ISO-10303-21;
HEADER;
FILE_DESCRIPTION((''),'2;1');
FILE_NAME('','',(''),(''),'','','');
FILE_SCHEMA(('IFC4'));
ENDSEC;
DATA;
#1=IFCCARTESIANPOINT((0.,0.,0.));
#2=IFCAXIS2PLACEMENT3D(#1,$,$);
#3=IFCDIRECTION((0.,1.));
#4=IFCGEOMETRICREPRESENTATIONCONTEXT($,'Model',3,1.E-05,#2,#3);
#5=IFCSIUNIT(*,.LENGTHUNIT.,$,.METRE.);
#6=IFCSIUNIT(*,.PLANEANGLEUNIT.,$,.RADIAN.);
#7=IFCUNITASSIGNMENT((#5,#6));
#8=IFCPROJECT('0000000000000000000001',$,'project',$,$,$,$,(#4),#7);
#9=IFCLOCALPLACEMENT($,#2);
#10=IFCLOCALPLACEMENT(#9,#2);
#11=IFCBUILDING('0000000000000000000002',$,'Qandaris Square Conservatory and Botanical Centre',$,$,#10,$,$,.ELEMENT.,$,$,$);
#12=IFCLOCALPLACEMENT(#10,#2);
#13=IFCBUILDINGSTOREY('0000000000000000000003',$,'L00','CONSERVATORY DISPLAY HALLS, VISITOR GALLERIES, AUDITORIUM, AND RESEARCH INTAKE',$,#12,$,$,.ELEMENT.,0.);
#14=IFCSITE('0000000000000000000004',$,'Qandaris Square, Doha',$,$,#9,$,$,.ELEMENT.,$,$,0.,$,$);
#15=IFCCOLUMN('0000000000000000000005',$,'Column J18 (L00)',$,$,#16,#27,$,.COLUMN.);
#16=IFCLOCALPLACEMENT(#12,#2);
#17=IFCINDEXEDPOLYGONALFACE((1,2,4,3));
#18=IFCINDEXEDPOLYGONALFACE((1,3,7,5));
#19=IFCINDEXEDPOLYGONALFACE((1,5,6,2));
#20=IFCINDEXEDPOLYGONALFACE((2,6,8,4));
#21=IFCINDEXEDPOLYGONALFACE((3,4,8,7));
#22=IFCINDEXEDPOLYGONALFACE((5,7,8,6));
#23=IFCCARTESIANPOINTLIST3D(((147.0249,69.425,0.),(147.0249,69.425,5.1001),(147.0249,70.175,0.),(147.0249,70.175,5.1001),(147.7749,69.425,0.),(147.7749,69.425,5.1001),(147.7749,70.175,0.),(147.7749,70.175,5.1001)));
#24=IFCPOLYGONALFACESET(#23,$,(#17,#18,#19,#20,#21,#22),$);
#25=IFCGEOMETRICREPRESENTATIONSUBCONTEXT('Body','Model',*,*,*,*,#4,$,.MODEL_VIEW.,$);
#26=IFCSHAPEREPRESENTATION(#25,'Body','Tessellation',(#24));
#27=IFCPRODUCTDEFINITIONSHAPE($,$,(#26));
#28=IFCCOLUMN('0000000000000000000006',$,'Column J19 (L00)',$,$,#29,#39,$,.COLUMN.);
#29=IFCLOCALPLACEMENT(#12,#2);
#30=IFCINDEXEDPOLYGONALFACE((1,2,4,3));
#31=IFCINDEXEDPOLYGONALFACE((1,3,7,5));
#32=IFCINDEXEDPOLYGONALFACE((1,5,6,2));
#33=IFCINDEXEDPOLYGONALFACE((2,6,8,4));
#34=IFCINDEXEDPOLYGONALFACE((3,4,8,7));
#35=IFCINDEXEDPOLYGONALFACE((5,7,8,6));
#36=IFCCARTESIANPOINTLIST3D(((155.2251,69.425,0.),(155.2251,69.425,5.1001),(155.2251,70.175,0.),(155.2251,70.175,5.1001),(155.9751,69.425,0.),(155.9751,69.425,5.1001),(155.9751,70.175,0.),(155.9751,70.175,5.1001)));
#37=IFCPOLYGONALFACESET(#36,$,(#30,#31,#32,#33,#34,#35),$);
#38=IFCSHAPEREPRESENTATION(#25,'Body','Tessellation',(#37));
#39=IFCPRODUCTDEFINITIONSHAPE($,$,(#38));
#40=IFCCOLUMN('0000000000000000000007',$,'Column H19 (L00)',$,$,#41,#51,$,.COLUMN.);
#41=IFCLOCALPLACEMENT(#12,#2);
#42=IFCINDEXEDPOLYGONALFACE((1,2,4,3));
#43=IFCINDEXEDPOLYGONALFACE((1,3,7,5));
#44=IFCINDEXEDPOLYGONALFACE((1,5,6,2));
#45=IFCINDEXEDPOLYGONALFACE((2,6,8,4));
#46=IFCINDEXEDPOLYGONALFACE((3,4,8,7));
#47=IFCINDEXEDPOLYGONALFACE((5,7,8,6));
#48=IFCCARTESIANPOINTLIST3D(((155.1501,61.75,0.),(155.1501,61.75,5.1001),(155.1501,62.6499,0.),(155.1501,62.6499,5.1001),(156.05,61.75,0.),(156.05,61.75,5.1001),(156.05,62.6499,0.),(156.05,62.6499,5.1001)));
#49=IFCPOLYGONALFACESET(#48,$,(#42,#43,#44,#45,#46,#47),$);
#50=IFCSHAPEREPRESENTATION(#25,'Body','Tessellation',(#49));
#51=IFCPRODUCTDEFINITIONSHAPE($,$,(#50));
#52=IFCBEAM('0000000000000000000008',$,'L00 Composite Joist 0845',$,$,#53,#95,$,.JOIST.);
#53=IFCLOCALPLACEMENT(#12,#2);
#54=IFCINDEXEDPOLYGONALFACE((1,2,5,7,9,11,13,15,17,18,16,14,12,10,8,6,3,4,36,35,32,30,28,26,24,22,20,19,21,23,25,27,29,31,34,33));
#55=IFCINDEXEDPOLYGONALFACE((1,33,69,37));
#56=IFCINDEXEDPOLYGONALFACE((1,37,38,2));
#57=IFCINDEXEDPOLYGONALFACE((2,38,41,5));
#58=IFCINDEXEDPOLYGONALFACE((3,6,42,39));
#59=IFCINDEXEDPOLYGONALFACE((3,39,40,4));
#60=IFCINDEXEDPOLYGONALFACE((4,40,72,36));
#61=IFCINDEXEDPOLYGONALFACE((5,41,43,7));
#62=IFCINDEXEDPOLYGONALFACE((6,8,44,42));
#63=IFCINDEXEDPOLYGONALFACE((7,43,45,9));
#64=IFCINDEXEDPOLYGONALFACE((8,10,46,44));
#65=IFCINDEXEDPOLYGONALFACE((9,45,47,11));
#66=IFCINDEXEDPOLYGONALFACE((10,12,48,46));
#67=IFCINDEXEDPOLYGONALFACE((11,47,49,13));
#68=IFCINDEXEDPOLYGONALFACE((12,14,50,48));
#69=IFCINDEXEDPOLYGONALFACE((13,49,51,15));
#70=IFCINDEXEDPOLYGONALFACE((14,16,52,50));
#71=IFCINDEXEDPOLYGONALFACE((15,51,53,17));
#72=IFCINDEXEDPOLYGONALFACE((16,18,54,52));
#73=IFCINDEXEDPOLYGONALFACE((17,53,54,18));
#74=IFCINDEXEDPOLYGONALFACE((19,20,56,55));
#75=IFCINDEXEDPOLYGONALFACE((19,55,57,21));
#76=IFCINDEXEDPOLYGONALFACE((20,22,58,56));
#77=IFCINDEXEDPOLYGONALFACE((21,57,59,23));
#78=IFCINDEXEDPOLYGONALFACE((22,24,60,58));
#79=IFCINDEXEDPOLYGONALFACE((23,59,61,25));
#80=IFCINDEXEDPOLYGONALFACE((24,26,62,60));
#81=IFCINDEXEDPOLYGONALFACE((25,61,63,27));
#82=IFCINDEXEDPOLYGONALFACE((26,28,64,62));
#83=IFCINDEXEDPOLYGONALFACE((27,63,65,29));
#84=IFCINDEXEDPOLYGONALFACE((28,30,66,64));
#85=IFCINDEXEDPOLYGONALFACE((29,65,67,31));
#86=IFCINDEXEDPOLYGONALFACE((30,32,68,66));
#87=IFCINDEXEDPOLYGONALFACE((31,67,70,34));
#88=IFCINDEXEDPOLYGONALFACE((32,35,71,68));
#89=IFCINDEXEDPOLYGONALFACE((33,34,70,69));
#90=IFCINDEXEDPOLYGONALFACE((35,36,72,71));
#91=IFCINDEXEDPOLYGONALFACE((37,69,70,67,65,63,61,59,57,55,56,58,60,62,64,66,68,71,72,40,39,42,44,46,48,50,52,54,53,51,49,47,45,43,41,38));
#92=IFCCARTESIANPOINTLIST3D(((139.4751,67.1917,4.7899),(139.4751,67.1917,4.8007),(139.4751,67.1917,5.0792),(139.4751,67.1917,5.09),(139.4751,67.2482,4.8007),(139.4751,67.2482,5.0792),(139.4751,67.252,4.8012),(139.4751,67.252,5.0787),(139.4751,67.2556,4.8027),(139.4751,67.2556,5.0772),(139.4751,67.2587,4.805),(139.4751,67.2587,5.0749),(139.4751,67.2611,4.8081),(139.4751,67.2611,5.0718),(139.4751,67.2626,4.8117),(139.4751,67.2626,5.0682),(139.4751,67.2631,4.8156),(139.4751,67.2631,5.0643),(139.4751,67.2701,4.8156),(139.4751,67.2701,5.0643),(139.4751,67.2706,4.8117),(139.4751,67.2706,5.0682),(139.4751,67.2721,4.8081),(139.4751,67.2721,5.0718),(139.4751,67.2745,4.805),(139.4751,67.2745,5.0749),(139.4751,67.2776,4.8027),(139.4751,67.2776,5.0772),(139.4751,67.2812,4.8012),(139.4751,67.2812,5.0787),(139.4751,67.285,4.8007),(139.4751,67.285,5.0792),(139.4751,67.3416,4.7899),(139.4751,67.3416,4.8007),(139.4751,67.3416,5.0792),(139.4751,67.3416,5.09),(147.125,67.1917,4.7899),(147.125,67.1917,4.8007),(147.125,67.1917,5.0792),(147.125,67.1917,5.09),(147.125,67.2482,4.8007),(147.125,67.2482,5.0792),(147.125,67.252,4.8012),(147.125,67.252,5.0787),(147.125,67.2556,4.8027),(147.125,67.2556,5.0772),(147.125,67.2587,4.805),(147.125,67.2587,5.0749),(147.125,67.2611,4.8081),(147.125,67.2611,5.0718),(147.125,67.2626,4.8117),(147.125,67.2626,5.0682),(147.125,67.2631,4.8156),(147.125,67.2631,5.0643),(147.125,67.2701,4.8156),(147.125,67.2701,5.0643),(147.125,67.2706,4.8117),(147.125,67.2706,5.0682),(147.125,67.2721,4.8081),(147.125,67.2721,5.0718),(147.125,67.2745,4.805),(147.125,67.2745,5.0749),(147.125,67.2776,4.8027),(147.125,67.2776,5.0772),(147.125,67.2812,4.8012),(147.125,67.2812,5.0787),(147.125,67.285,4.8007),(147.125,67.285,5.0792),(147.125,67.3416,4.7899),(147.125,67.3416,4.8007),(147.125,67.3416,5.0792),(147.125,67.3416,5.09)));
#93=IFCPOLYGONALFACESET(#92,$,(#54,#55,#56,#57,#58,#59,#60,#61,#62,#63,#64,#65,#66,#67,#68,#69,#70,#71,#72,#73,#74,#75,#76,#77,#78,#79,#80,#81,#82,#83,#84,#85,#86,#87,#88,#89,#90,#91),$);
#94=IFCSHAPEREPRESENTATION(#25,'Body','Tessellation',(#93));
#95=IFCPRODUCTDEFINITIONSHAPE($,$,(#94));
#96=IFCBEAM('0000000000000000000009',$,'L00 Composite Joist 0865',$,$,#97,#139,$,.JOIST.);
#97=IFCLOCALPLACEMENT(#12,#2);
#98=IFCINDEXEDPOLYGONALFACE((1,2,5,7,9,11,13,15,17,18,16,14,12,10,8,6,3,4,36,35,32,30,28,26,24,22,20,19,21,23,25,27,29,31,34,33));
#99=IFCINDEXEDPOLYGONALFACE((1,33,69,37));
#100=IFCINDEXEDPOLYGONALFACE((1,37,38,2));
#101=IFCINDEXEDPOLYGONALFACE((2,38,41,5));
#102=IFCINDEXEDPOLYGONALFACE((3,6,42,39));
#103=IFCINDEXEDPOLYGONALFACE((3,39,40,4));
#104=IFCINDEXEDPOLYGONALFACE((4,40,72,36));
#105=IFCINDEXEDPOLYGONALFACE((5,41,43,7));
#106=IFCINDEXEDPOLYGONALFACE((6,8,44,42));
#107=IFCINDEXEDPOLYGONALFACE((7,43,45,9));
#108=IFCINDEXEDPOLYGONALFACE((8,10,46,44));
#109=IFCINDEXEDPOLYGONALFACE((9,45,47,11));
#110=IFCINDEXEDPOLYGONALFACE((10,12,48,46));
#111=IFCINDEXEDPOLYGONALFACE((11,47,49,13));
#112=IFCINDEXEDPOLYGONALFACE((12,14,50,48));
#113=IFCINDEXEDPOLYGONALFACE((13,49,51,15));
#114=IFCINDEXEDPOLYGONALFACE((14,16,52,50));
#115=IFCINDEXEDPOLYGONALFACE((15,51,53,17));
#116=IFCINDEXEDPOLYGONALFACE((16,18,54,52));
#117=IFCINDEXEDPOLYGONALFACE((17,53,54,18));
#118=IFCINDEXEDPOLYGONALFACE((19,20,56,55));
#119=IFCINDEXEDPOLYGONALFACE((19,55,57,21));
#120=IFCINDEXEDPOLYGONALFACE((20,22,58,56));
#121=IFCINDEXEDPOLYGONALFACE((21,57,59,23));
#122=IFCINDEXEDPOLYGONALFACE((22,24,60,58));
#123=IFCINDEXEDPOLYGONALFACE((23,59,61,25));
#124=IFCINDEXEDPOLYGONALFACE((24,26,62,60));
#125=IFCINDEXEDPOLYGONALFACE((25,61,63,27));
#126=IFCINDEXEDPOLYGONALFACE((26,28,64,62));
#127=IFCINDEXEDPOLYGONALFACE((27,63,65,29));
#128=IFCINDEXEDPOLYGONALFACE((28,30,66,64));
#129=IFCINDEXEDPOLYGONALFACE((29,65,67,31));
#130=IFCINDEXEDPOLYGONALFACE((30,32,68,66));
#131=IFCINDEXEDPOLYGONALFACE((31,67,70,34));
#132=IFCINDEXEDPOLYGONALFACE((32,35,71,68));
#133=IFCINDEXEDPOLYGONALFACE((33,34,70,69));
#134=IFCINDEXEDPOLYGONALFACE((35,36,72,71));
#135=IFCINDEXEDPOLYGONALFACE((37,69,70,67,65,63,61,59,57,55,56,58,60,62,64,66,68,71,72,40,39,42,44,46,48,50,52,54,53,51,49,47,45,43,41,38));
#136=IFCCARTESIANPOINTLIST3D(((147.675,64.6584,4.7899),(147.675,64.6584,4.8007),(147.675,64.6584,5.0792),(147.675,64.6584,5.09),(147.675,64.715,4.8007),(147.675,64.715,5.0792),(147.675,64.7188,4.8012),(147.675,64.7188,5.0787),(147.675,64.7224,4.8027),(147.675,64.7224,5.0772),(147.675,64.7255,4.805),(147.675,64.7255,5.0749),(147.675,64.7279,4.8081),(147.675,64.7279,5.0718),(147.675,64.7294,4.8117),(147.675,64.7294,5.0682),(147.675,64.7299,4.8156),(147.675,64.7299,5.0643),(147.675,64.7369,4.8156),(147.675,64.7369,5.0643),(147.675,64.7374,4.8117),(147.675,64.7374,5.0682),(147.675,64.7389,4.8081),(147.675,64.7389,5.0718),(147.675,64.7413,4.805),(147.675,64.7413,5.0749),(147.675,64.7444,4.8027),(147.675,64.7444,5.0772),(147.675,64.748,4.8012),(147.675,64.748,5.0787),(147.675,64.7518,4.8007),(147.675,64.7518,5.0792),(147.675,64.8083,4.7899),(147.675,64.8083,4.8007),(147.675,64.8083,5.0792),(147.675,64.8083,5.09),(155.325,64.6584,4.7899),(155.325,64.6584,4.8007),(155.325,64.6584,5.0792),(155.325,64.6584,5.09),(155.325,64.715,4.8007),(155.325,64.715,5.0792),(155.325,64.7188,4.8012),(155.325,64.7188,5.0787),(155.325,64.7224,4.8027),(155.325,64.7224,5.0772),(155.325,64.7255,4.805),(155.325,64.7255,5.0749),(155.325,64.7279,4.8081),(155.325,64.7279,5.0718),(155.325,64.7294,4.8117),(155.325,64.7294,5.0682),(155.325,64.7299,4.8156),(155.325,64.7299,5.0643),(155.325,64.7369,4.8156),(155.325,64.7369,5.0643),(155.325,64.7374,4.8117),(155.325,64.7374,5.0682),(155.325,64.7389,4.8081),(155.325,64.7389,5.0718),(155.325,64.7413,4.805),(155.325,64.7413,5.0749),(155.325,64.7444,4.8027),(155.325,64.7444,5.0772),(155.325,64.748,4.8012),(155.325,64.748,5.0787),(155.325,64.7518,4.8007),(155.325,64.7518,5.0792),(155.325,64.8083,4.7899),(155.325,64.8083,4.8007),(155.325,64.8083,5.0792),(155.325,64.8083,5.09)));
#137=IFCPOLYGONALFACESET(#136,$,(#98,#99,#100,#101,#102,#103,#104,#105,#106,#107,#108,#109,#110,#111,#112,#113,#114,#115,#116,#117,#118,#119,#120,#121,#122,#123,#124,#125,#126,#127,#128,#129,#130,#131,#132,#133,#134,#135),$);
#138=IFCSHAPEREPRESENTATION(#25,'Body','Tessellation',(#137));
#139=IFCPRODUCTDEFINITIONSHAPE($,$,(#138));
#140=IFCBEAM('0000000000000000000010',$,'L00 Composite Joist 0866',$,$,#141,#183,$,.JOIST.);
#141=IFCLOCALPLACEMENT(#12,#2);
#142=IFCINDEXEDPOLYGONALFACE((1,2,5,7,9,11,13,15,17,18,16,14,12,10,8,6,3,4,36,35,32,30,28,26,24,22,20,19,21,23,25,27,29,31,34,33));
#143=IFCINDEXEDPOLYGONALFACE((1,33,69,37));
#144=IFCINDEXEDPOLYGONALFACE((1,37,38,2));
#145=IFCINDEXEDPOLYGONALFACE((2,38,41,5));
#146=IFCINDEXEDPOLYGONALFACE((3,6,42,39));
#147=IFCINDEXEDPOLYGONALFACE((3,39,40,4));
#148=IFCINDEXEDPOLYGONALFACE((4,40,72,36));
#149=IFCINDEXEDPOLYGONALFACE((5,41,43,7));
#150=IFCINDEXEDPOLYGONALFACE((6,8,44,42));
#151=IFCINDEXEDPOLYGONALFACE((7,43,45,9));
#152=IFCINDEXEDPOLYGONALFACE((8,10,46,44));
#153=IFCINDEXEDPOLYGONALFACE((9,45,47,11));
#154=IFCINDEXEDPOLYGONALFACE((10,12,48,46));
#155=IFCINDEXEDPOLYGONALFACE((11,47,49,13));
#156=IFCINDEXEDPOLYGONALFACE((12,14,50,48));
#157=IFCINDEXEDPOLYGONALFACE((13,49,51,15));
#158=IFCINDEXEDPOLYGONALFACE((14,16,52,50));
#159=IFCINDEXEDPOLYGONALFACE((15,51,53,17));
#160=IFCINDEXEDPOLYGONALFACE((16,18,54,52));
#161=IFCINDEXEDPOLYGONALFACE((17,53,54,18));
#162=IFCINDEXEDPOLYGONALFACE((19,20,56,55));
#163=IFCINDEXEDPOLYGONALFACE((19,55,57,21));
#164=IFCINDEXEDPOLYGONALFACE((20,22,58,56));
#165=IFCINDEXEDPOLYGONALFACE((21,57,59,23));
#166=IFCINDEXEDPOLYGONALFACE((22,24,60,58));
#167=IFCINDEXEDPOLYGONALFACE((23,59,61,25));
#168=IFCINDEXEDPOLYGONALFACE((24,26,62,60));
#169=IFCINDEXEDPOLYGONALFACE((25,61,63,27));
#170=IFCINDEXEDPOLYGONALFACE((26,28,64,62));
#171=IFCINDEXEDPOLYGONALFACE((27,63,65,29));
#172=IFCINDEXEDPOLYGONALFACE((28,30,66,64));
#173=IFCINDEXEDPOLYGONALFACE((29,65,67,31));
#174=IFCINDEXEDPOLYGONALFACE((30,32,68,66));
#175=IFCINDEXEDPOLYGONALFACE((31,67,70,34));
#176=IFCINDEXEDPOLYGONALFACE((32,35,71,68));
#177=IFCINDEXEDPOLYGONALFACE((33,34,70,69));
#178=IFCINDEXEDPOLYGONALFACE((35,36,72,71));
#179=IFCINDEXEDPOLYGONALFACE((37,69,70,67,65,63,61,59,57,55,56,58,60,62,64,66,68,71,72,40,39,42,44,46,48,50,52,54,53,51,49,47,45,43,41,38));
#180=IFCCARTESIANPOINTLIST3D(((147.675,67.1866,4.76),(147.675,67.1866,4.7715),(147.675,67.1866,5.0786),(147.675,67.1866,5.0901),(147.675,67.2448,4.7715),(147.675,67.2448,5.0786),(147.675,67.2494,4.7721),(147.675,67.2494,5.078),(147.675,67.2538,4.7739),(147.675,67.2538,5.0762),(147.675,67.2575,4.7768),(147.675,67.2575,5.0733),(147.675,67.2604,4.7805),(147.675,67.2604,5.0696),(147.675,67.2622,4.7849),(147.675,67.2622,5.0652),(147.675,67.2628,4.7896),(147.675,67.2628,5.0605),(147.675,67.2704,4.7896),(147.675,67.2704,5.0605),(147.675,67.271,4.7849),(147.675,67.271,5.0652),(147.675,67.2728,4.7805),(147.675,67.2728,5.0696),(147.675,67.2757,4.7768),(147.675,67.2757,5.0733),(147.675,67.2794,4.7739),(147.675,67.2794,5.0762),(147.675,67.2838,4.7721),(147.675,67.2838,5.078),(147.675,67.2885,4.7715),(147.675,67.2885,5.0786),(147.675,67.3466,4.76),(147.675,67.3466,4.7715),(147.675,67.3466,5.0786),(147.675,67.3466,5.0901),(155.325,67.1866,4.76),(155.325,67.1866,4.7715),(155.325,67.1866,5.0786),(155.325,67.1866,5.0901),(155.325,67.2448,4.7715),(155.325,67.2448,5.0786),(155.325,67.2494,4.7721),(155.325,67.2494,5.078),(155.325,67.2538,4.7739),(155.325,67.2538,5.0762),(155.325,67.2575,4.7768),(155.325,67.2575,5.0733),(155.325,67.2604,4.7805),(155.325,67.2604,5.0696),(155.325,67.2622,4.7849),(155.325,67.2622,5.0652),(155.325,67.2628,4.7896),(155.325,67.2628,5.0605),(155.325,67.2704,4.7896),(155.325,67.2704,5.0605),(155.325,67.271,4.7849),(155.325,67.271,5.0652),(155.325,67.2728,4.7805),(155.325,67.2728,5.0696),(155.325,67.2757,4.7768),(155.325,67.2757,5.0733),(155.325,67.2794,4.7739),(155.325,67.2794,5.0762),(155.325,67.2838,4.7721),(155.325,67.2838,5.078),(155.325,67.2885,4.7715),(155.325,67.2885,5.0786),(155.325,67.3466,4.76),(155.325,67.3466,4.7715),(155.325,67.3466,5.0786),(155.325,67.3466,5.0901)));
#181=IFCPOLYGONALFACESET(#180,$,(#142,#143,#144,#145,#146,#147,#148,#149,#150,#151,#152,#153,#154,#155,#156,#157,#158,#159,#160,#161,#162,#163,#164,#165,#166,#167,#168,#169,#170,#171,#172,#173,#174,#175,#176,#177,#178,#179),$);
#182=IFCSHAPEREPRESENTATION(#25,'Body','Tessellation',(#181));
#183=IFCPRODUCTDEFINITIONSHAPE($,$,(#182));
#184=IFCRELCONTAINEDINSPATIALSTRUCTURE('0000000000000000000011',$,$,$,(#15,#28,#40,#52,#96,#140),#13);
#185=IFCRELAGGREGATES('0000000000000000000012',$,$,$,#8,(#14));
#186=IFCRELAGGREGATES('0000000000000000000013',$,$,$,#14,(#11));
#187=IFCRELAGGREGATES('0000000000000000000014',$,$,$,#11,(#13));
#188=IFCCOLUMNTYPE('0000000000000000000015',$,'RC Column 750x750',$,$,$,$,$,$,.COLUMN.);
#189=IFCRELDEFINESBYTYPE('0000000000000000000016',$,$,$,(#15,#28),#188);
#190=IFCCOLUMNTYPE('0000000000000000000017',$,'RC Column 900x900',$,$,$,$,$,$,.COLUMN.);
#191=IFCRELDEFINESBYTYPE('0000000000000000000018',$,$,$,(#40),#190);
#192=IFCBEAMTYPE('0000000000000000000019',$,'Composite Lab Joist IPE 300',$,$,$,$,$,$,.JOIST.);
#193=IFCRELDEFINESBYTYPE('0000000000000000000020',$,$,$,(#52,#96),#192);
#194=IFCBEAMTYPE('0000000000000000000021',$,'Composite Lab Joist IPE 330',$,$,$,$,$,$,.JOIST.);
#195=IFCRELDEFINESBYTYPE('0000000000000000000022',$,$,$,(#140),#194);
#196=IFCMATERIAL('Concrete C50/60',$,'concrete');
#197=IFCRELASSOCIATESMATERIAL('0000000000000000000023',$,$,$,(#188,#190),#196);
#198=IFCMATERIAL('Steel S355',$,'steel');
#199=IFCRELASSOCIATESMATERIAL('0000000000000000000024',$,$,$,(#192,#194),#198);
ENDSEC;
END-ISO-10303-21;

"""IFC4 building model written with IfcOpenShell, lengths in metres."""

from ifc_helpers import new_model, si_unit, direction, frame, origin, origin_2d, place, context, subcontext, project, spatial, rectangle, i_section, extrude, material, material_profile, profile_set, type_object, element, save


model = new_model("IFC4")

# Units and contexts
model_context = context("Model", 3, precision=1e-05, world=origin(), true_north=direction((0.0, 1.0)))
body_context = subcontext(model_context, "Body", "Model", "MODEL_VIEW")
ifc_project = project(units=[si_unit("LENGTHUNIT", "METRE"), si_unit("PLANEANGLEUNIT", "RADIAN")], contexts=[model_context])

# Site, building, storey
site_placement = place(None, origin())
site = spatial("IfcSite", under=ifc_project, at=site_placement, Name="Qandaris Square, Doha", CompositionType="ELEMENT", RefElevation=0.0)
building_placement = place(site_placement, origin())
building = spatial("IfcBuilding", under=site, at=building_placement, Name="Qandaris Square Conservatory and Botanical Centre", CompositionType="ELEMENT")
storey_placement = place(building_placement, origin())
storey = spatial("IfcBuildingStorey", under=building, at=storey_placement, Name="L00", Description="CONSERVATORY DISPLAY HALLS, VISITOR GALLERIES, AUDITORIUM, AND RESEARCH INTAKE", CompositionType="ELEMENT", Elevation=0.0)

# Columns
ifc_material_1 = material(Name="Concrete C50/60", Category="concrete")
ifc_material_profile_1 = material_profile(ifc_material_1, rectangle(XDim=0.75, YDim=0.75, at=origin_2d()), Name="RC-COL 750x750")
ifc_profile_set_1 = profile_set([ifc_material_profile_1], Name="Concrete C50/60")
column_type_1 = type_object("IfcColumnType", Name="RC Column 750x750", PredefinedType="COLUMN", material=ifc_profile_set_1)
for number, where, z_axis, x_axis, name in (
    (1, (147.3999, 69.8, 0.0), (0.0, 0.0, 1.0), (1.0, 0.0, 0.0), "Column J18 (L00)"),
    (2, (155.6001, 69.8, 0.0), (0.0, 0.0, 1.0), (1.0, 0.0, 0.0), "Column J19 (L00)"),
):
    element("IfcColumn", number, at=place(storey_placement, frame(where, z_axis=z_axis, x_axis=x_axis)), inside=storey, type_object=column_type_1, Name=name, PredefinedType="COLUMN", context=body_context, shape_type="SweptSolid", body=[
        extrude(rectangle(XDim=0.75, YDim=0.75, at=origin_2d()), origin(), (0.0, 0.0, 1.0), 5.1001),
    ])
ifc_material_profile_2 = material_profile(ifc_material_1, rectangle(XDim=0.8999, YDim=0.8999, at=origin_2d()), Name="RC-COL 900x900")
ifc_profile_set_2 = profile_set([ifc_material_profile_2], Name="Concrete C50/60")
column_type_2 = type_object("IfcColumnType", Name="RC Column 900x900", PredefinedType="COLUMN", material=ifc_profile_set_2)
column_placement = place(storey_placement, frame((155.6001, 62.2, 0.0), z_axis=(0.0, 0.0, 1.0), x_axis=(1.0, 0.0, 0.0)))
element("IfcColumn", 3, at=column_placement, inside=storey, type_object=column_type_2, Name="Column H19 (L00)", PredefinedType="COLUMN", context=body_context, shape_type="SweptSolid", body=[
    extrude(rectangle(XDim=0.8999, YDim=0.8999, at=origin_2d()), origin(), (0.0, 0.0, 1.0), 5.1001),
])

# Beams
ifc_material_2 = material(Name="Steel S355", Category="steel")
ifc_material_profile_3 = material_profile(ifc_material_2, i_section(OverallWidth=0.1499, OverallDepth=0.3, WebThickness=0.0071, FlangeThickness=0.0107, FilletRadius=0.0149, at=origin_2d()), Name="IPE 300")
ifc_profile_set_3 = profile_set([ifc_material_profile_3], Name="Steel S355")
beam_type_1 = type_object("IfcBeamType", Name="Composite Lab Joist IPE 300", PredefinedType="JOIST", material=ifc_profile_set_3)
for number, where, z_axis, x_axis, name in (
    (4, (139.4751, 67.2666, 4.9399), (1.0, 0.0, 0.0), (0.0, 1.0, 0.0), "L00 Composite Joist 0845"),
    (5, (147.675, 64.7334, 4.9399), (1.0, 0.0, 0.0), (0.0, 1.0, 0.0), "L00 Composite Joist 0865"),
):
    element("IfcBeam", number, at=place(storey_placement, frame(where, z_axis=z_axis, x_axis=x_axis)), inside=storey, type_object=beam_type_1, Name=name, PredefinedType="JOIST", context=body_context, shape_type="SweptSolid", body=[
        extrude(i_section(OverallWidth=0.1499, OverallDepth=0.3, WebThickness=0.0071, FlangeThickness=0.0107, FilletRadius=0.0149, at=origin_2d()), origin(), (0.0, 0.0, 1.0), 7.6499),
    ])
ifc_material_profile_4 = material_profile(ifc_material_2, i_section(OverallWidth=0.1599, OverallDepth=0.3301, WebThickness=0.0076, FlangeThickness=0.0115, FilletRadius=0.0181, at=origin_2d()), Name="IPE 330")
ifc_profile_set_4 = profile_set([ifc_material_profile_4], Name="Steel S355")
beam_type_2 = type_object("IfcBeamType", Name="Composite Lab Joist IPE 330", PredefinedType="JOIST", material=ifc_profile_set_4)
beam_1_placement = place(storey_placement, frame((147.675, 67.2666, 4.925), z_axis=(1.0, 0.0, 0.0), x_axis=(0.0, 1.0, 0.0)))
element("IfcBeam", 6, at=beam_1_placement, inside=storey, type_object=beam_type_2, Name="L00 Composite Joist 0866", PredefinedType="JOIST", context=body_context, shape_type="SweptSolid", body=[
    extrude(i_section(OverallWidth=0.1599, OverallDepth=0.3301, WebThickness=0.0076, FlangeThickness=0.0115, FilletRadius=0.0181, at=origin_2d()), origin(), (0.0, 0.0, 1.0), 7.6499),
])

save(model, "model.ifc")
